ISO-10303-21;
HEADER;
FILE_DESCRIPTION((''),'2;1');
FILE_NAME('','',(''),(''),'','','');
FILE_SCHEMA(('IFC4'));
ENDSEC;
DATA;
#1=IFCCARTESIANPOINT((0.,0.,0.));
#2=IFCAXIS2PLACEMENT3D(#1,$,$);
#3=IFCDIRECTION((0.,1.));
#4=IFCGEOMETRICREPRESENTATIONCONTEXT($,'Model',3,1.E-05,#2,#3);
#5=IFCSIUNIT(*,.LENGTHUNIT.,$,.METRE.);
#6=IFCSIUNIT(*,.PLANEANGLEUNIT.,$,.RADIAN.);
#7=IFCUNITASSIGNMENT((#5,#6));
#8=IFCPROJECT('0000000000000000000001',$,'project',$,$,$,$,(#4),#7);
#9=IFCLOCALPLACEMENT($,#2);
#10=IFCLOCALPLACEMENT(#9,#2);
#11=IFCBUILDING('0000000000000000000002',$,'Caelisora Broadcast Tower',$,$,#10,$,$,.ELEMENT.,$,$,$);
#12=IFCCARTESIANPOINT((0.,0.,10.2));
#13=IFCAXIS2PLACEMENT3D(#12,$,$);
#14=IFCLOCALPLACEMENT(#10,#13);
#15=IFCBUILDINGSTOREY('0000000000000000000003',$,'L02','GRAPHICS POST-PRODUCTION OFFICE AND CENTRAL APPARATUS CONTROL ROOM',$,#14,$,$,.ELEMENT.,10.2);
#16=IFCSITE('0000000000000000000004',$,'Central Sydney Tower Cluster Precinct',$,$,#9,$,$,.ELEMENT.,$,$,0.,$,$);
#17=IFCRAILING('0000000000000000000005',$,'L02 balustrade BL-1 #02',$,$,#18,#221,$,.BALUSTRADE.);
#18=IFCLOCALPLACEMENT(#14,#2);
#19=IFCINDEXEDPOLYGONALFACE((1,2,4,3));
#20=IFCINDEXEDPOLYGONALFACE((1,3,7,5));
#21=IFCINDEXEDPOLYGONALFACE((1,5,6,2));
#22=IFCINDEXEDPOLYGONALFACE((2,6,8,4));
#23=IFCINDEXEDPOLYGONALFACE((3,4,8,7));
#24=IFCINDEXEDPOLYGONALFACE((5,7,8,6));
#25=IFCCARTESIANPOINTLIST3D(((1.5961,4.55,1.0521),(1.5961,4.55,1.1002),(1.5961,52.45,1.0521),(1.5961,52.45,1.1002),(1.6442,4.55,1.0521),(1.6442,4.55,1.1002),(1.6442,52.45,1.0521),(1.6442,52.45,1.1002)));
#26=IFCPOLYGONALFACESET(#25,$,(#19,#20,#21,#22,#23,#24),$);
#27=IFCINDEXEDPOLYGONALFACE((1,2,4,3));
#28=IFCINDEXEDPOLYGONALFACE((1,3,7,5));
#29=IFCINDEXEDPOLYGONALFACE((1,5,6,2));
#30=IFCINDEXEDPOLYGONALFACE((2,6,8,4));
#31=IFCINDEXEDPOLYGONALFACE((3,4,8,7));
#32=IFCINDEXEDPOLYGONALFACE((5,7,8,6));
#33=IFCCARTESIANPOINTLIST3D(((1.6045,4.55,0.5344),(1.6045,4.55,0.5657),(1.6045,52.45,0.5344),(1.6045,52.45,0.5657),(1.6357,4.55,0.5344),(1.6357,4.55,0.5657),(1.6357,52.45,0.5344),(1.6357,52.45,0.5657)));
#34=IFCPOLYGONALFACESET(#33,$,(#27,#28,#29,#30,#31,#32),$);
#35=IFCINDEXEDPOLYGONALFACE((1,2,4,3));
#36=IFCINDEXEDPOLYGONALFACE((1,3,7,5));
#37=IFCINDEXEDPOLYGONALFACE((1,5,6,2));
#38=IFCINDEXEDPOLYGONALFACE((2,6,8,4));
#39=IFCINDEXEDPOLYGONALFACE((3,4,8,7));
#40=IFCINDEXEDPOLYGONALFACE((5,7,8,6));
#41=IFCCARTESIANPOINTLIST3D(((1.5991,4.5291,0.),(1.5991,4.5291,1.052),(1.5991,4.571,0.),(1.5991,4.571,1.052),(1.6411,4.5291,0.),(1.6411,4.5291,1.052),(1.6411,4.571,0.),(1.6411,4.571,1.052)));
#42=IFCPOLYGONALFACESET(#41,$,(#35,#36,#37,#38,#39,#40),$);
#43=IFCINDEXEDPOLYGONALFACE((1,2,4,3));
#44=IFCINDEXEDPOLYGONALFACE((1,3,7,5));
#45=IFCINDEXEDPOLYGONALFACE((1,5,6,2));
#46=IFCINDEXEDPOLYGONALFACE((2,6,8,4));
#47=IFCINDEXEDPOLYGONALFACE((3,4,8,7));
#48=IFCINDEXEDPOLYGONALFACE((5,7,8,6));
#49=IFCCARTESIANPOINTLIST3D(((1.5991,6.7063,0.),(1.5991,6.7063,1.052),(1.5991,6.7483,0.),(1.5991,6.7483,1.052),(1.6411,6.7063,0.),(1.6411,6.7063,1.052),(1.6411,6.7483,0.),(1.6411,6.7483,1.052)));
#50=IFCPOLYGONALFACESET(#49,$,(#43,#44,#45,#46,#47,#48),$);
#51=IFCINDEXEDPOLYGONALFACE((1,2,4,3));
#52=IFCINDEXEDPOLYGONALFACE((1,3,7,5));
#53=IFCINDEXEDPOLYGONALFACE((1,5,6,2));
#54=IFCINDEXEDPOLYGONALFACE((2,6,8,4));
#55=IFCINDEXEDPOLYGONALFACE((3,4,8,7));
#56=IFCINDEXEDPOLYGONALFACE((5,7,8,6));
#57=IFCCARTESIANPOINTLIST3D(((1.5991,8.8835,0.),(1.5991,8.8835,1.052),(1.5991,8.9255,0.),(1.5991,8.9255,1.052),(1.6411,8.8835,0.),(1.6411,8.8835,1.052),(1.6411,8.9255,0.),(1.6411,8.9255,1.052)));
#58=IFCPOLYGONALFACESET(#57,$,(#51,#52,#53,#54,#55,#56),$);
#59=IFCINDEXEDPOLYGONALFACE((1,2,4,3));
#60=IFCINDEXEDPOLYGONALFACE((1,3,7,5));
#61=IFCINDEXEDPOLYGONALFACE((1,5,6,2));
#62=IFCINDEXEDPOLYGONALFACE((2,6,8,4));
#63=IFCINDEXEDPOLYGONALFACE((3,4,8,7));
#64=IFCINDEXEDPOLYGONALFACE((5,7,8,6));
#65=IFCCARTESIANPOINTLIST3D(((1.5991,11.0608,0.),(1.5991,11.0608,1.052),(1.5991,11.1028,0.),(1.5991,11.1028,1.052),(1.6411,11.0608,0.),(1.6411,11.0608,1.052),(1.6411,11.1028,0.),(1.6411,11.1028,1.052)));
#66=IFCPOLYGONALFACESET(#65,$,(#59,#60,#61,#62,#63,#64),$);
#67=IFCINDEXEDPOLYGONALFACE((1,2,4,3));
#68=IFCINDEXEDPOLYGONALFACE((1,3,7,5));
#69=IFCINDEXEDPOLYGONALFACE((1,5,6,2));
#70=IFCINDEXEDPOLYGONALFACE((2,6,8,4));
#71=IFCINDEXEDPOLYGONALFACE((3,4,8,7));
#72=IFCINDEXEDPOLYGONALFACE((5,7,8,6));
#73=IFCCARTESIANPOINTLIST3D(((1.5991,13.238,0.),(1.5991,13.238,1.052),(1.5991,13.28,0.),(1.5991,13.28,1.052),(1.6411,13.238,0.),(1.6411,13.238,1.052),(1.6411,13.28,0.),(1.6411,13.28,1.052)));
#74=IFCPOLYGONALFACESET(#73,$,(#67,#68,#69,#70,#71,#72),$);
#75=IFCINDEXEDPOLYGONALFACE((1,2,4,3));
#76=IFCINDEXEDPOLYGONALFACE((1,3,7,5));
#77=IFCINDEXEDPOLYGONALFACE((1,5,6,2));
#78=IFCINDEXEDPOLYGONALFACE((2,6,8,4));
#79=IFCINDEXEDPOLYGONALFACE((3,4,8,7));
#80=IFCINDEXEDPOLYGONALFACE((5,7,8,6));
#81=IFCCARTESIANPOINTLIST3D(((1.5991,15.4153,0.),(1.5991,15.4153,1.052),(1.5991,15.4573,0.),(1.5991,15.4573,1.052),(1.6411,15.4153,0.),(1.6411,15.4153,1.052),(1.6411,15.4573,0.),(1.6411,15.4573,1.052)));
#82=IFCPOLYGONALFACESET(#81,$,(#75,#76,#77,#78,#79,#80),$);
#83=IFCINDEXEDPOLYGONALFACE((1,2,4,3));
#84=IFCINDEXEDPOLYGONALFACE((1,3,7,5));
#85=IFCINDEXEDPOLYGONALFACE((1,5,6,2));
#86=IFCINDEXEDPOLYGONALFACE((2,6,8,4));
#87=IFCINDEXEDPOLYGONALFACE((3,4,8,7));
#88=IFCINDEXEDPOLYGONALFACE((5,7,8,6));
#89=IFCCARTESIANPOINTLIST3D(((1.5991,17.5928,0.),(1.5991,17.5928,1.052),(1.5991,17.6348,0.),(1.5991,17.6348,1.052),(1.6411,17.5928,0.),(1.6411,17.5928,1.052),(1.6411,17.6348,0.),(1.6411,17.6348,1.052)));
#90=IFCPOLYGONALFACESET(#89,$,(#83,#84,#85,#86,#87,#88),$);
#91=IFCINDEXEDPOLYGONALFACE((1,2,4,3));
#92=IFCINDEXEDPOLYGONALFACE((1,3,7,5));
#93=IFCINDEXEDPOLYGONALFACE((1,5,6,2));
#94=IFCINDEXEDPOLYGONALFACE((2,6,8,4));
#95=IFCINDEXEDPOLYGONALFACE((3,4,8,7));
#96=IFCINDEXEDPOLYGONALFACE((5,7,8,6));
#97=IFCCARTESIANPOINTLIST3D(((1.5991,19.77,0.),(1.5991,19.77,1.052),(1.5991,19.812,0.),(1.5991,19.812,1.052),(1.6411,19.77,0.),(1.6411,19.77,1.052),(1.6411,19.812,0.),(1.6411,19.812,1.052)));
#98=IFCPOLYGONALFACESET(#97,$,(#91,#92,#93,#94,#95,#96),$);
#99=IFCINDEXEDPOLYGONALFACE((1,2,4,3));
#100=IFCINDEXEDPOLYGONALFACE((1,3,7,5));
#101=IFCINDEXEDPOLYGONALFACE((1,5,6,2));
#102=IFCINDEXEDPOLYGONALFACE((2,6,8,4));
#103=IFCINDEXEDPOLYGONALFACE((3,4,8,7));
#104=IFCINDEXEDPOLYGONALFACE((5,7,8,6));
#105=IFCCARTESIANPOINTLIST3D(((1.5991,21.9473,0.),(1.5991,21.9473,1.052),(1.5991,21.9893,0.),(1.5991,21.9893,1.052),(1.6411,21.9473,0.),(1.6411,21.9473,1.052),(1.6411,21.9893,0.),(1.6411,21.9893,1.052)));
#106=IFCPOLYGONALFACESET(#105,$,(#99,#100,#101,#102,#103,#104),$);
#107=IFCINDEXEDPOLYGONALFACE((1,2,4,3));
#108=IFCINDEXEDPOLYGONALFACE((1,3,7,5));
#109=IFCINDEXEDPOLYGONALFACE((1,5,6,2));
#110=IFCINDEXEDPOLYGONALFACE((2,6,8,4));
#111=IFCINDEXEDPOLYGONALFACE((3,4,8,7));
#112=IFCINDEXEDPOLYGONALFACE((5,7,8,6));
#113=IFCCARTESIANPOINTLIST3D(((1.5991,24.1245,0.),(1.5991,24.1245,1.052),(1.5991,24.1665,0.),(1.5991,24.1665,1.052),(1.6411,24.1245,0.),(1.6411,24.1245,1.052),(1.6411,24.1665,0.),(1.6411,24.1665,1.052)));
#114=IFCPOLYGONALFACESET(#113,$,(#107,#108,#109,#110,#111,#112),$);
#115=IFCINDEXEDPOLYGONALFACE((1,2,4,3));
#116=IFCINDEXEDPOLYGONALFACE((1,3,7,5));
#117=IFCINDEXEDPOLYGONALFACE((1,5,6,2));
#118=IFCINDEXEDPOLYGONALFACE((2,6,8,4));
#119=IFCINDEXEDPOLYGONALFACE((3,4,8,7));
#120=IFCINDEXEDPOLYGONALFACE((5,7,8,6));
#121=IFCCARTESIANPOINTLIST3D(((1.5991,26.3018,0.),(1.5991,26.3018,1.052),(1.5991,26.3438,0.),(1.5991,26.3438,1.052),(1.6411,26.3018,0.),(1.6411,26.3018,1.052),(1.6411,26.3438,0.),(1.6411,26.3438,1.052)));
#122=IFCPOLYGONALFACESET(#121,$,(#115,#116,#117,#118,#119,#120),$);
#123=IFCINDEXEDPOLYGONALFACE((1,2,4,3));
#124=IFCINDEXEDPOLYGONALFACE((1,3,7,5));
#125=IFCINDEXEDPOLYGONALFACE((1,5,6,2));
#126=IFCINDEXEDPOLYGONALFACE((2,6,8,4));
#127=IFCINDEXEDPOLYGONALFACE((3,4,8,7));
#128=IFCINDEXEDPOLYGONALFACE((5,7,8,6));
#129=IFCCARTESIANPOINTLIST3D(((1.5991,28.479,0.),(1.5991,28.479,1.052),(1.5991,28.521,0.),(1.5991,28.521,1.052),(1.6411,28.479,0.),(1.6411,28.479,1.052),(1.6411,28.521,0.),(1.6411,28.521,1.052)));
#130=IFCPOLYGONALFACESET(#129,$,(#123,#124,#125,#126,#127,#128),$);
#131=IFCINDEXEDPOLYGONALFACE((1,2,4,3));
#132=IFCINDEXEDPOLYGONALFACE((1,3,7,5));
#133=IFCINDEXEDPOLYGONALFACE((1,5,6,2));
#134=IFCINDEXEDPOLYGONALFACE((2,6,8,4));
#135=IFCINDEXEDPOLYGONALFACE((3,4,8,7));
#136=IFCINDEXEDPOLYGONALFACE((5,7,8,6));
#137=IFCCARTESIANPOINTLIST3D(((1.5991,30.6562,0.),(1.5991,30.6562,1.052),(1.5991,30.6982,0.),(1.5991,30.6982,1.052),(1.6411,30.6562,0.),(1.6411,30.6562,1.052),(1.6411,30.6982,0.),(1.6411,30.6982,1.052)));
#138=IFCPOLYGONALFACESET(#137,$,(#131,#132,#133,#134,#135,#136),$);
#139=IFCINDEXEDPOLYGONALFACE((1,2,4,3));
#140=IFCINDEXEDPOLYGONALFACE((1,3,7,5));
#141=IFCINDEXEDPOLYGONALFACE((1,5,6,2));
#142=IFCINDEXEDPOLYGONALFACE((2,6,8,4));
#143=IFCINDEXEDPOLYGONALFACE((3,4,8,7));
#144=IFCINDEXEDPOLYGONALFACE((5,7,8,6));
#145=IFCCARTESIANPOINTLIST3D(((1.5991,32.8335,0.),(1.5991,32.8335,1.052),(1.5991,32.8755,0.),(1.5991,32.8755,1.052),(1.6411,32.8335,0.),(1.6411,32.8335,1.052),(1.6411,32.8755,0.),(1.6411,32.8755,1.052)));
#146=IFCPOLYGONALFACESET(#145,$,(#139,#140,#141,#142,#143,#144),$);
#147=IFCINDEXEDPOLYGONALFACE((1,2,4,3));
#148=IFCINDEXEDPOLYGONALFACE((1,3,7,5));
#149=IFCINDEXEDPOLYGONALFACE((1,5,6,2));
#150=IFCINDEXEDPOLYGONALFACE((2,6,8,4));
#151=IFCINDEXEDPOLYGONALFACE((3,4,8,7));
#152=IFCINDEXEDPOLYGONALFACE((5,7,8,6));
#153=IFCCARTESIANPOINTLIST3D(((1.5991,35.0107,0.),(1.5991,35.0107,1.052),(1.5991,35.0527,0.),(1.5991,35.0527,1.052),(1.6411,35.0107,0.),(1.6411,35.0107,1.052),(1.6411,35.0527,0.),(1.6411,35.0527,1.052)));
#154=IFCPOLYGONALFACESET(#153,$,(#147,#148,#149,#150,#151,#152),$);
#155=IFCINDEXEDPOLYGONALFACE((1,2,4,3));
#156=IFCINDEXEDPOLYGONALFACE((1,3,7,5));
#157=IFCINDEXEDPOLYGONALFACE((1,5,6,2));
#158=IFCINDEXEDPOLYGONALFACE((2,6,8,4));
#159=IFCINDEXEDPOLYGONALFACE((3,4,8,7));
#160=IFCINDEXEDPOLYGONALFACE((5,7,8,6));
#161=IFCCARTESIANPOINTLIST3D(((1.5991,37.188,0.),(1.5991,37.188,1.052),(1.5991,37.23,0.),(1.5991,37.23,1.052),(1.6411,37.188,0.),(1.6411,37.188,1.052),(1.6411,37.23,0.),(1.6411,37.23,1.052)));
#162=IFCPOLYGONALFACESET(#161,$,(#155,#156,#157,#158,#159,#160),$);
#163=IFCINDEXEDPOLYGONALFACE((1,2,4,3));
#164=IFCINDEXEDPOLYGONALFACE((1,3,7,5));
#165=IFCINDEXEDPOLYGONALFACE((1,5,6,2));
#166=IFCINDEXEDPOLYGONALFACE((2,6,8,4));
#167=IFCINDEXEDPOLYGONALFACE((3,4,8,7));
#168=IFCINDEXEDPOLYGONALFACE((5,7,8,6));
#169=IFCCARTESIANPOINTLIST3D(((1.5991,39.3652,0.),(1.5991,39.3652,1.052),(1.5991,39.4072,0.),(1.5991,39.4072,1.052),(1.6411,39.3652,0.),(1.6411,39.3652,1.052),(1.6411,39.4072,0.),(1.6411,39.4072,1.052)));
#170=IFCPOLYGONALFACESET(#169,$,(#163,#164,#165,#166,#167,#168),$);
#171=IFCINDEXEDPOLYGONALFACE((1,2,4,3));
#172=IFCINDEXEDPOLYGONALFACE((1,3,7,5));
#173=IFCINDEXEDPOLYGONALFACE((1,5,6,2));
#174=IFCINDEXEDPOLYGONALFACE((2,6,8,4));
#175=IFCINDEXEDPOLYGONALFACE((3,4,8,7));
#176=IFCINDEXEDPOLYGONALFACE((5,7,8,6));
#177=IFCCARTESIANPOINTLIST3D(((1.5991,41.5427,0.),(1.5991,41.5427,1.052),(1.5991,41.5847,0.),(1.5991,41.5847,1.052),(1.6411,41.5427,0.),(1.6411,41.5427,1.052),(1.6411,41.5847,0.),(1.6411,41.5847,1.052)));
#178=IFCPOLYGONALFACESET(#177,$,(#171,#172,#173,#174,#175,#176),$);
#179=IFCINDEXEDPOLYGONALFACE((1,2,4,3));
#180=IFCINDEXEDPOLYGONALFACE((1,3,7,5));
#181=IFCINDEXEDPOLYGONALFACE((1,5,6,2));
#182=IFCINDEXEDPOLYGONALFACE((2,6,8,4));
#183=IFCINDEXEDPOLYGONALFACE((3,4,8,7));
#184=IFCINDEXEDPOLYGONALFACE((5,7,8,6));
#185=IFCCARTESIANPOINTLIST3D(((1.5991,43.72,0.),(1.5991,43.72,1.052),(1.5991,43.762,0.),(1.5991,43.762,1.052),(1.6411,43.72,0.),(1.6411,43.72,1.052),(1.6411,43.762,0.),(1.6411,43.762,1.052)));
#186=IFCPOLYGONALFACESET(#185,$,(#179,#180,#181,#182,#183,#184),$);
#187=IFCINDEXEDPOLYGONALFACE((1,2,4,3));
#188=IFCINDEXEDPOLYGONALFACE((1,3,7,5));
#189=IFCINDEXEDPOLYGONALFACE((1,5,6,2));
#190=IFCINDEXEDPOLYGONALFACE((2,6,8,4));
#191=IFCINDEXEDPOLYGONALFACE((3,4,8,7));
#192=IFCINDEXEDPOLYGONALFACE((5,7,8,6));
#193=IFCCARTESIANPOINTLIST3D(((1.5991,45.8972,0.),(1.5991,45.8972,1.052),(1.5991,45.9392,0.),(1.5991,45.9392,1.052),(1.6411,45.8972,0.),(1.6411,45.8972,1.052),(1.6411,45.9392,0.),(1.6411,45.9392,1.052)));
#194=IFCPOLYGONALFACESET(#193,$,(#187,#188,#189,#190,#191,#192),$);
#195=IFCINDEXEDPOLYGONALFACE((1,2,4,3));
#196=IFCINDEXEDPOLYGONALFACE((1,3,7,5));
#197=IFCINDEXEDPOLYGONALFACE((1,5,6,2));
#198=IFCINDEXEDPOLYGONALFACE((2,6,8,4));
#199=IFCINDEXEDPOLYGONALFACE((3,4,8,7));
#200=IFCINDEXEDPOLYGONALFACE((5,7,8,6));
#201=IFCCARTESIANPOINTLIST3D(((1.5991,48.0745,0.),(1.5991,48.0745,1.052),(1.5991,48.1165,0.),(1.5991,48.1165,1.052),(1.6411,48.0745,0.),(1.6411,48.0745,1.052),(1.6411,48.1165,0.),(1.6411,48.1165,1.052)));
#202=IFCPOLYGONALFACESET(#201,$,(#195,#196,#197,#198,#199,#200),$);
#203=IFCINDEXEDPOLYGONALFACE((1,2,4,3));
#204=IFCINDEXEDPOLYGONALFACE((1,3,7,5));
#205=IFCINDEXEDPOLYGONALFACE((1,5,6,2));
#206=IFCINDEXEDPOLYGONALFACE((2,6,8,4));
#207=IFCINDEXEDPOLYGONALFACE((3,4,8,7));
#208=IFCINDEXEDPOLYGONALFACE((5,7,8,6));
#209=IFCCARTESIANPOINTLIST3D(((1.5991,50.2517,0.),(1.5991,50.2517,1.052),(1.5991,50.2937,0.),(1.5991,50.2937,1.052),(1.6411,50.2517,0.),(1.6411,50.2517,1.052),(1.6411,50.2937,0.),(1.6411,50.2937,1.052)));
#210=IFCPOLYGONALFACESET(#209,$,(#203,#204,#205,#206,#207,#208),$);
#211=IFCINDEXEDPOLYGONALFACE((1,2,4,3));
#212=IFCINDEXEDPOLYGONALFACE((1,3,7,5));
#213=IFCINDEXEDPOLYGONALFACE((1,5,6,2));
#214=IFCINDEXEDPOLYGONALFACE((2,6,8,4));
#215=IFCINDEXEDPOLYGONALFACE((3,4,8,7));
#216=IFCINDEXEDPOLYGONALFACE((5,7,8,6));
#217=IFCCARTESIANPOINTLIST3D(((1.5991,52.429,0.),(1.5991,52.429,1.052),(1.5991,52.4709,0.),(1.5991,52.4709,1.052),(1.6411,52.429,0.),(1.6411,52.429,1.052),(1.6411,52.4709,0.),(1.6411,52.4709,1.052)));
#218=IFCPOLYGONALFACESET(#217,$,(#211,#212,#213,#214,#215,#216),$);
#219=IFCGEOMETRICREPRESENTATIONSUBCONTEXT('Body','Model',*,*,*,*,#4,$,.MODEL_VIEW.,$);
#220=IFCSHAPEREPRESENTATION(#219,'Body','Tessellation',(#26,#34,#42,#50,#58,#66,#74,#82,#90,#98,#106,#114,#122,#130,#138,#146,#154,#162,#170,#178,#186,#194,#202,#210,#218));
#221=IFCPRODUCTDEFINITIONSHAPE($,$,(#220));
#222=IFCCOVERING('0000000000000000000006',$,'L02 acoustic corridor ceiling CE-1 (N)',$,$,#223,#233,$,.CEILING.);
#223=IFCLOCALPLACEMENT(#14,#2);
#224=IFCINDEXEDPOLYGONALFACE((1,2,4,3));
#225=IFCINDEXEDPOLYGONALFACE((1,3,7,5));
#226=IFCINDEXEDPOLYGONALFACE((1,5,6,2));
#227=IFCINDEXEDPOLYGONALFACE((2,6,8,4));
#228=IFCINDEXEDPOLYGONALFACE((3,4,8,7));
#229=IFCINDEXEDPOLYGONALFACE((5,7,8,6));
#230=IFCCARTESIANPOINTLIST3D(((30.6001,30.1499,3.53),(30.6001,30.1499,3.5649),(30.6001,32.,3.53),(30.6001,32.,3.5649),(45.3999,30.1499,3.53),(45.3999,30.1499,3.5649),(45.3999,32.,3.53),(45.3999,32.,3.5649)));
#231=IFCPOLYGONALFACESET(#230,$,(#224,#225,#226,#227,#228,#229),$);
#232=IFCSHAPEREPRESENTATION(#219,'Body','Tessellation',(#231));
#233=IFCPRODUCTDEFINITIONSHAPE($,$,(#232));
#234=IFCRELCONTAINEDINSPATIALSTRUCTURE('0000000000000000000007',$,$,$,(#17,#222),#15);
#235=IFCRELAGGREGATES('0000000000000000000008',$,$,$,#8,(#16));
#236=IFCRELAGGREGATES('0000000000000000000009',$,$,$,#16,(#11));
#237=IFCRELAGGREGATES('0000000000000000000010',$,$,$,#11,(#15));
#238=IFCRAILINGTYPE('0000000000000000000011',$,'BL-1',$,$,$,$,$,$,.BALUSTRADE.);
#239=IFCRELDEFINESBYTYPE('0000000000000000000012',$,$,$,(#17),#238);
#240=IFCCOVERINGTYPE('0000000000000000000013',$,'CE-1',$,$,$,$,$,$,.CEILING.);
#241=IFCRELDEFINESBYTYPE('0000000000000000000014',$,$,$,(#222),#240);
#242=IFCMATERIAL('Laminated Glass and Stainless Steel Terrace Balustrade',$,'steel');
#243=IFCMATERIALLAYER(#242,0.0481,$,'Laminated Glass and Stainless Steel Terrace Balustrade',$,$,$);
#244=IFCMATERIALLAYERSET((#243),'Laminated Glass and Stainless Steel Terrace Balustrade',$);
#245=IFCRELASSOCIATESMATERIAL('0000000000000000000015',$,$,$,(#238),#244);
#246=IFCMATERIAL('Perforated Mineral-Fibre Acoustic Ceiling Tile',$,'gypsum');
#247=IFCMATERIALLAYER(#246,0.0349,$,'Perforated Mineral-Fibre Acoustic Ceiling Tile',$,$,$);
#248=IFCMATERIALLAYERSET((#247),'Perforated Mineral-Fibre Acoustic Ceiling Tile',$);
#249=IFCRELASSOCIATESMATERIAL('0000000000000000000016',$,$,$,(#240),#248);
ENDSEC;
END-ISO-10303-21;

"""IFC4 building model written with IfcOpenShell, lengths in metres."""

from ifc_helpers import new_model, si_unit, direction, frame, origin, origin_2d, place, context, subcontext, project, spatial, polyline, rectangle, outline, extrude, material, layer, layer_set, type_object, element, save


model = new_model("IFC4")

# Units and contexts
model_context = context("Model", 3, precision=1e-05, world=origin(), true_north=direction((0.0, 1.0)))
body_context = subcontext(model_context, "Body", "Model", "MODEL_VIEW")
ifc_project = project(units=[si_unit("LENGTHUNIT", "METRE"), si_unit("PLANEANGLEUNIT", "RADIAN")], contexts=[model_context])

# Site, building, storey
site_placement = place(None, origin())
site = spatial("IfcSite", under=ifc_project, at=site_placement, Name="Central Sydney Tower Cluster Precinct", CompositionType="ELEMENT", RefElevation=0.0)
building_placement = place(site_placement, origin())
building = spatial("IfcBuilding", under=site, at=building_placement, Name="Caelisora Broadcast Tower", CompositionType="ELEMENT")
storey_placement = place(building_placement, frame((0.0, 0.0, 10.2)))
storey = spatial("IfcBuildingStorey", under=building, at=storey_placement, Name="L02", Description="GRAPHICS POST-PRODUCTION OFFICE AND CENTRAL APPARATUS CONTROL ROOM", CompositionType="ELEMENT", Elevation=10.2)

# Railing
ifc_material_1 = material(Name="Laminated Glass and Stainless Steel Terrace Balustrade", Category="steel")
ifc_layer_1 = layer(ifc_material_1, 0.0481, Name="Laminated Glass and Stainless Steel Terrace Balustrade")
ifc_layer_set_1 = layer_set([ifc_layer_1], Name="Laminated Glass and Stainless Steel Terrace Balustrade")
railing_type = type_object("IfcRailingType", Name="BL-1", PredefinedType="BALUSTRADE", material=ifc_layer_set_1)
railing_1_placement = place(storey_placement, frame((1.6201, 4.55, 0.0)))
element("IfcRailing", 1, at=railing_1_placement, inside=storey, type_object=railing_type, Name="L02 balustrade BL-1 #02", PredefinedType="BALUSTRADE", context=body_context, shape_type="SweptSolid", body=[
    extrude(rectangle(XDim=0.0481, YDim=0.0481, at=origin_2d()), frame((0.0, 0.0, 1.0762), z_axis=(0.0, 1.0, 0.0), x_axis=(-1.0, 0.0, 0.0)), (0.0, 0.0, 1.0), 47.8999),
    extrude(rectangle(XDim=0.0312, YDim=0.0312, at=origin_2d()), frame((0.0, 0.0, 0.55), z_axis=(0.0, 1.0, 0.0), x_axis=(-1.0, 0.0, 0.0)), (0.0, 0.0, 1.0), 47.8999),
    extrude(rectangle(XDim=0.042, YDim=0.042, at=origin_2d()), origin(), (0.0, 0.0, 1.0), 1.052),
    extrude(rectangle(XDim=0.042, YDim=0.042, at=origin_2d()), frame((0.0, 2.1772, 0.0)), (0.0, 0.0, 1.0), 1.052),
    extrude(rectangle(XDim=0.042, YDim=0.042, at=origin_2d()), frame((0.0, 4.3545, 0.0)), (0.0, 0.0, 1.0), 1.052),
    extrude(rectangle(XDim=0.042, YDim=0.042, at=origin_2d()), frame((0.0, 6.5317, 0.0)), (0.0, 0.0, 1.0), 1.052),
    extrude(rectangle(XDim=0.042, YDim=0.042, at=origin_2d()), frame((0.0, 8.709, 0.0)), (0.0, 0.0, 1.0), 1.052),
    extrude(rectangle(XDim=0.042, YDim=0.042, at=origin_2d()), frame((0.0, 10.8862, 0.0)), (0.0, 0.0, 1.0), 1.052),
    extrude(rectangle(XDim=0.042, YDim=0.042, at=origin_2d()), frame((0.0, 13.0637, 0.0)), (0.0, 0.0, 1.0), 1.052),
    extrude(rectangle(XDim=0.042, YDim=0.042, at=origin_2d()), frame((0.0, 15.241, 0.0)), (0.0, 0.0, 1.0), 1.052),
    extrude(rectangle(XDim=0.042, YDim=0.042, at=origin_2d()), frame((0.0, 17.4182, 0.0)), (0.0, 0.0, 1.0), 1.052),
    extrude(rectangle(XDim=0.042, YDim=0.042, at=origin_2d()), frame((0.0, 19.5955, 0.0)), (0.0, 0.0, 1.0), 1.052),
    extrude(rectangle(XDim=0.042, YDim=0.042, at=origin_2d()), frame((0.0, 21.7727, 0.0)), (0.0, 0.0, 1.0), 1.052),
    extrude(rectangle(XDim=0.042, YDim=0.042, at=origin_2d()), frame((0.0, 23.95, 0.0)), (0.0, 0.0, 1.0), 1.052),
    extrude(rectangle(XDim=0.042, YDim=0.042, at=origin_2d()), frame((0.0, 26.1272, 0.0)), (0.0, 0.0, 1.0), 1.052),
    extrude(rectangle(XDim=0.042, YDim=0.042, at=origin_2d()), frame((0.0, 28.3044, 0.0)), (0.0, 0.0, 1.0), 1.052),
    extrude(rectangle(XDim=0.042, YDim=0.042, at=origin_2d()), frame((0.0, 30.4817, 0.0)), (0.0, 0.0, 1.0), 1.052),
    extrude(rectangle(XDim=0.042, YDim=0.042, at=origin_2d()), frame((0.0, 32.6589, 0.0)), (0.0, 0.0, 1.0), 1.052),
    extrude(rectangle(XDim=0.042, YDim=0.042, at=origin_2d()), frame((0.0, 34.8362, 0.0)), (0.0, 0.0, 1.0), 1.052),
    extrude(rectangle(XDim=0.042, YDim=0.042, at=origin_2d()), frame((0.0, 37.0137, 0.0)), (0.0, 0.0, 1.0), 1.052),
    extrude(rectangle(XDim=0.042, YDim=0.042, at=origin_2d()), frame((0.0, 39.1909, 0.0)), (0.0, 0.0, 1.0), 1.052),
    extrude(rectangle(XDim=0.042, YDim=0.042, at=origin_2d()), frame((0.0, 41.3682, 0.0)), (0.0, 0.0, 1.0), 1.052),
    extrude(rectangle(XDim=0.042, YDim=0.042, at=origin_2d()), frame((0.0, 43.5454, 0.0)), (0.0, 0.0, 1.0), 1.052),
    extrude(rectangle(XDim=0.042, YDim=0.042, at=origin_2d()), frame((0.0, 45.7227, 0.0)), (0.0, 0.0, 1.0), 1.052),
    extrude(rectangle(XDim=0.042, YDim=0.042, at=origin_2d()), frame((0.0, 47.8999, 0.0)), (0.0, 0.0, 1.0), 1.052),
])

# Covering
ifc_material_2 = material(Name="Perforated Mineral-Fibre Acoustic Ceiling Tile", Category="gypsum")
ifc_layer_2 = layer(ifc_material_2, 0.0349, Name="Perforated Mineral-Fibre Acoustic Ceiling Tile")
ifc_layer_set_2 = layer_set([ifc_layer_2], Name="Perforated Mineral-Fibre Acoustic Ceiling Tile")
covering_type_1 = type_object("IfcCoveringType", Name="CE-1", PredefinedType="CEILING", material=ifc_layer_set_2)
covering_1_placement = place(storey_placement, frame((0.0, 0.0, 3.53)))
element("IfcCovering", 2, at=covering_1_placement, inside=storey, type_object=covering_type_1, Name="L02 acoustic corridor ceiling CE-1 (N)", PredefinedType="CEILING", context=body_context, shape_type="SweptSolid", body=[
    extrude(outline(polyline([(30.6001, 30.1499), (45.3999, 30.1499), (45.3999, 32.0), (30.6001, 32.0), (30.6001, 30.1499)])), origin(), (0.0, 0.0, 1.0), 0.0349),
])

save(model, "model.ifc")
